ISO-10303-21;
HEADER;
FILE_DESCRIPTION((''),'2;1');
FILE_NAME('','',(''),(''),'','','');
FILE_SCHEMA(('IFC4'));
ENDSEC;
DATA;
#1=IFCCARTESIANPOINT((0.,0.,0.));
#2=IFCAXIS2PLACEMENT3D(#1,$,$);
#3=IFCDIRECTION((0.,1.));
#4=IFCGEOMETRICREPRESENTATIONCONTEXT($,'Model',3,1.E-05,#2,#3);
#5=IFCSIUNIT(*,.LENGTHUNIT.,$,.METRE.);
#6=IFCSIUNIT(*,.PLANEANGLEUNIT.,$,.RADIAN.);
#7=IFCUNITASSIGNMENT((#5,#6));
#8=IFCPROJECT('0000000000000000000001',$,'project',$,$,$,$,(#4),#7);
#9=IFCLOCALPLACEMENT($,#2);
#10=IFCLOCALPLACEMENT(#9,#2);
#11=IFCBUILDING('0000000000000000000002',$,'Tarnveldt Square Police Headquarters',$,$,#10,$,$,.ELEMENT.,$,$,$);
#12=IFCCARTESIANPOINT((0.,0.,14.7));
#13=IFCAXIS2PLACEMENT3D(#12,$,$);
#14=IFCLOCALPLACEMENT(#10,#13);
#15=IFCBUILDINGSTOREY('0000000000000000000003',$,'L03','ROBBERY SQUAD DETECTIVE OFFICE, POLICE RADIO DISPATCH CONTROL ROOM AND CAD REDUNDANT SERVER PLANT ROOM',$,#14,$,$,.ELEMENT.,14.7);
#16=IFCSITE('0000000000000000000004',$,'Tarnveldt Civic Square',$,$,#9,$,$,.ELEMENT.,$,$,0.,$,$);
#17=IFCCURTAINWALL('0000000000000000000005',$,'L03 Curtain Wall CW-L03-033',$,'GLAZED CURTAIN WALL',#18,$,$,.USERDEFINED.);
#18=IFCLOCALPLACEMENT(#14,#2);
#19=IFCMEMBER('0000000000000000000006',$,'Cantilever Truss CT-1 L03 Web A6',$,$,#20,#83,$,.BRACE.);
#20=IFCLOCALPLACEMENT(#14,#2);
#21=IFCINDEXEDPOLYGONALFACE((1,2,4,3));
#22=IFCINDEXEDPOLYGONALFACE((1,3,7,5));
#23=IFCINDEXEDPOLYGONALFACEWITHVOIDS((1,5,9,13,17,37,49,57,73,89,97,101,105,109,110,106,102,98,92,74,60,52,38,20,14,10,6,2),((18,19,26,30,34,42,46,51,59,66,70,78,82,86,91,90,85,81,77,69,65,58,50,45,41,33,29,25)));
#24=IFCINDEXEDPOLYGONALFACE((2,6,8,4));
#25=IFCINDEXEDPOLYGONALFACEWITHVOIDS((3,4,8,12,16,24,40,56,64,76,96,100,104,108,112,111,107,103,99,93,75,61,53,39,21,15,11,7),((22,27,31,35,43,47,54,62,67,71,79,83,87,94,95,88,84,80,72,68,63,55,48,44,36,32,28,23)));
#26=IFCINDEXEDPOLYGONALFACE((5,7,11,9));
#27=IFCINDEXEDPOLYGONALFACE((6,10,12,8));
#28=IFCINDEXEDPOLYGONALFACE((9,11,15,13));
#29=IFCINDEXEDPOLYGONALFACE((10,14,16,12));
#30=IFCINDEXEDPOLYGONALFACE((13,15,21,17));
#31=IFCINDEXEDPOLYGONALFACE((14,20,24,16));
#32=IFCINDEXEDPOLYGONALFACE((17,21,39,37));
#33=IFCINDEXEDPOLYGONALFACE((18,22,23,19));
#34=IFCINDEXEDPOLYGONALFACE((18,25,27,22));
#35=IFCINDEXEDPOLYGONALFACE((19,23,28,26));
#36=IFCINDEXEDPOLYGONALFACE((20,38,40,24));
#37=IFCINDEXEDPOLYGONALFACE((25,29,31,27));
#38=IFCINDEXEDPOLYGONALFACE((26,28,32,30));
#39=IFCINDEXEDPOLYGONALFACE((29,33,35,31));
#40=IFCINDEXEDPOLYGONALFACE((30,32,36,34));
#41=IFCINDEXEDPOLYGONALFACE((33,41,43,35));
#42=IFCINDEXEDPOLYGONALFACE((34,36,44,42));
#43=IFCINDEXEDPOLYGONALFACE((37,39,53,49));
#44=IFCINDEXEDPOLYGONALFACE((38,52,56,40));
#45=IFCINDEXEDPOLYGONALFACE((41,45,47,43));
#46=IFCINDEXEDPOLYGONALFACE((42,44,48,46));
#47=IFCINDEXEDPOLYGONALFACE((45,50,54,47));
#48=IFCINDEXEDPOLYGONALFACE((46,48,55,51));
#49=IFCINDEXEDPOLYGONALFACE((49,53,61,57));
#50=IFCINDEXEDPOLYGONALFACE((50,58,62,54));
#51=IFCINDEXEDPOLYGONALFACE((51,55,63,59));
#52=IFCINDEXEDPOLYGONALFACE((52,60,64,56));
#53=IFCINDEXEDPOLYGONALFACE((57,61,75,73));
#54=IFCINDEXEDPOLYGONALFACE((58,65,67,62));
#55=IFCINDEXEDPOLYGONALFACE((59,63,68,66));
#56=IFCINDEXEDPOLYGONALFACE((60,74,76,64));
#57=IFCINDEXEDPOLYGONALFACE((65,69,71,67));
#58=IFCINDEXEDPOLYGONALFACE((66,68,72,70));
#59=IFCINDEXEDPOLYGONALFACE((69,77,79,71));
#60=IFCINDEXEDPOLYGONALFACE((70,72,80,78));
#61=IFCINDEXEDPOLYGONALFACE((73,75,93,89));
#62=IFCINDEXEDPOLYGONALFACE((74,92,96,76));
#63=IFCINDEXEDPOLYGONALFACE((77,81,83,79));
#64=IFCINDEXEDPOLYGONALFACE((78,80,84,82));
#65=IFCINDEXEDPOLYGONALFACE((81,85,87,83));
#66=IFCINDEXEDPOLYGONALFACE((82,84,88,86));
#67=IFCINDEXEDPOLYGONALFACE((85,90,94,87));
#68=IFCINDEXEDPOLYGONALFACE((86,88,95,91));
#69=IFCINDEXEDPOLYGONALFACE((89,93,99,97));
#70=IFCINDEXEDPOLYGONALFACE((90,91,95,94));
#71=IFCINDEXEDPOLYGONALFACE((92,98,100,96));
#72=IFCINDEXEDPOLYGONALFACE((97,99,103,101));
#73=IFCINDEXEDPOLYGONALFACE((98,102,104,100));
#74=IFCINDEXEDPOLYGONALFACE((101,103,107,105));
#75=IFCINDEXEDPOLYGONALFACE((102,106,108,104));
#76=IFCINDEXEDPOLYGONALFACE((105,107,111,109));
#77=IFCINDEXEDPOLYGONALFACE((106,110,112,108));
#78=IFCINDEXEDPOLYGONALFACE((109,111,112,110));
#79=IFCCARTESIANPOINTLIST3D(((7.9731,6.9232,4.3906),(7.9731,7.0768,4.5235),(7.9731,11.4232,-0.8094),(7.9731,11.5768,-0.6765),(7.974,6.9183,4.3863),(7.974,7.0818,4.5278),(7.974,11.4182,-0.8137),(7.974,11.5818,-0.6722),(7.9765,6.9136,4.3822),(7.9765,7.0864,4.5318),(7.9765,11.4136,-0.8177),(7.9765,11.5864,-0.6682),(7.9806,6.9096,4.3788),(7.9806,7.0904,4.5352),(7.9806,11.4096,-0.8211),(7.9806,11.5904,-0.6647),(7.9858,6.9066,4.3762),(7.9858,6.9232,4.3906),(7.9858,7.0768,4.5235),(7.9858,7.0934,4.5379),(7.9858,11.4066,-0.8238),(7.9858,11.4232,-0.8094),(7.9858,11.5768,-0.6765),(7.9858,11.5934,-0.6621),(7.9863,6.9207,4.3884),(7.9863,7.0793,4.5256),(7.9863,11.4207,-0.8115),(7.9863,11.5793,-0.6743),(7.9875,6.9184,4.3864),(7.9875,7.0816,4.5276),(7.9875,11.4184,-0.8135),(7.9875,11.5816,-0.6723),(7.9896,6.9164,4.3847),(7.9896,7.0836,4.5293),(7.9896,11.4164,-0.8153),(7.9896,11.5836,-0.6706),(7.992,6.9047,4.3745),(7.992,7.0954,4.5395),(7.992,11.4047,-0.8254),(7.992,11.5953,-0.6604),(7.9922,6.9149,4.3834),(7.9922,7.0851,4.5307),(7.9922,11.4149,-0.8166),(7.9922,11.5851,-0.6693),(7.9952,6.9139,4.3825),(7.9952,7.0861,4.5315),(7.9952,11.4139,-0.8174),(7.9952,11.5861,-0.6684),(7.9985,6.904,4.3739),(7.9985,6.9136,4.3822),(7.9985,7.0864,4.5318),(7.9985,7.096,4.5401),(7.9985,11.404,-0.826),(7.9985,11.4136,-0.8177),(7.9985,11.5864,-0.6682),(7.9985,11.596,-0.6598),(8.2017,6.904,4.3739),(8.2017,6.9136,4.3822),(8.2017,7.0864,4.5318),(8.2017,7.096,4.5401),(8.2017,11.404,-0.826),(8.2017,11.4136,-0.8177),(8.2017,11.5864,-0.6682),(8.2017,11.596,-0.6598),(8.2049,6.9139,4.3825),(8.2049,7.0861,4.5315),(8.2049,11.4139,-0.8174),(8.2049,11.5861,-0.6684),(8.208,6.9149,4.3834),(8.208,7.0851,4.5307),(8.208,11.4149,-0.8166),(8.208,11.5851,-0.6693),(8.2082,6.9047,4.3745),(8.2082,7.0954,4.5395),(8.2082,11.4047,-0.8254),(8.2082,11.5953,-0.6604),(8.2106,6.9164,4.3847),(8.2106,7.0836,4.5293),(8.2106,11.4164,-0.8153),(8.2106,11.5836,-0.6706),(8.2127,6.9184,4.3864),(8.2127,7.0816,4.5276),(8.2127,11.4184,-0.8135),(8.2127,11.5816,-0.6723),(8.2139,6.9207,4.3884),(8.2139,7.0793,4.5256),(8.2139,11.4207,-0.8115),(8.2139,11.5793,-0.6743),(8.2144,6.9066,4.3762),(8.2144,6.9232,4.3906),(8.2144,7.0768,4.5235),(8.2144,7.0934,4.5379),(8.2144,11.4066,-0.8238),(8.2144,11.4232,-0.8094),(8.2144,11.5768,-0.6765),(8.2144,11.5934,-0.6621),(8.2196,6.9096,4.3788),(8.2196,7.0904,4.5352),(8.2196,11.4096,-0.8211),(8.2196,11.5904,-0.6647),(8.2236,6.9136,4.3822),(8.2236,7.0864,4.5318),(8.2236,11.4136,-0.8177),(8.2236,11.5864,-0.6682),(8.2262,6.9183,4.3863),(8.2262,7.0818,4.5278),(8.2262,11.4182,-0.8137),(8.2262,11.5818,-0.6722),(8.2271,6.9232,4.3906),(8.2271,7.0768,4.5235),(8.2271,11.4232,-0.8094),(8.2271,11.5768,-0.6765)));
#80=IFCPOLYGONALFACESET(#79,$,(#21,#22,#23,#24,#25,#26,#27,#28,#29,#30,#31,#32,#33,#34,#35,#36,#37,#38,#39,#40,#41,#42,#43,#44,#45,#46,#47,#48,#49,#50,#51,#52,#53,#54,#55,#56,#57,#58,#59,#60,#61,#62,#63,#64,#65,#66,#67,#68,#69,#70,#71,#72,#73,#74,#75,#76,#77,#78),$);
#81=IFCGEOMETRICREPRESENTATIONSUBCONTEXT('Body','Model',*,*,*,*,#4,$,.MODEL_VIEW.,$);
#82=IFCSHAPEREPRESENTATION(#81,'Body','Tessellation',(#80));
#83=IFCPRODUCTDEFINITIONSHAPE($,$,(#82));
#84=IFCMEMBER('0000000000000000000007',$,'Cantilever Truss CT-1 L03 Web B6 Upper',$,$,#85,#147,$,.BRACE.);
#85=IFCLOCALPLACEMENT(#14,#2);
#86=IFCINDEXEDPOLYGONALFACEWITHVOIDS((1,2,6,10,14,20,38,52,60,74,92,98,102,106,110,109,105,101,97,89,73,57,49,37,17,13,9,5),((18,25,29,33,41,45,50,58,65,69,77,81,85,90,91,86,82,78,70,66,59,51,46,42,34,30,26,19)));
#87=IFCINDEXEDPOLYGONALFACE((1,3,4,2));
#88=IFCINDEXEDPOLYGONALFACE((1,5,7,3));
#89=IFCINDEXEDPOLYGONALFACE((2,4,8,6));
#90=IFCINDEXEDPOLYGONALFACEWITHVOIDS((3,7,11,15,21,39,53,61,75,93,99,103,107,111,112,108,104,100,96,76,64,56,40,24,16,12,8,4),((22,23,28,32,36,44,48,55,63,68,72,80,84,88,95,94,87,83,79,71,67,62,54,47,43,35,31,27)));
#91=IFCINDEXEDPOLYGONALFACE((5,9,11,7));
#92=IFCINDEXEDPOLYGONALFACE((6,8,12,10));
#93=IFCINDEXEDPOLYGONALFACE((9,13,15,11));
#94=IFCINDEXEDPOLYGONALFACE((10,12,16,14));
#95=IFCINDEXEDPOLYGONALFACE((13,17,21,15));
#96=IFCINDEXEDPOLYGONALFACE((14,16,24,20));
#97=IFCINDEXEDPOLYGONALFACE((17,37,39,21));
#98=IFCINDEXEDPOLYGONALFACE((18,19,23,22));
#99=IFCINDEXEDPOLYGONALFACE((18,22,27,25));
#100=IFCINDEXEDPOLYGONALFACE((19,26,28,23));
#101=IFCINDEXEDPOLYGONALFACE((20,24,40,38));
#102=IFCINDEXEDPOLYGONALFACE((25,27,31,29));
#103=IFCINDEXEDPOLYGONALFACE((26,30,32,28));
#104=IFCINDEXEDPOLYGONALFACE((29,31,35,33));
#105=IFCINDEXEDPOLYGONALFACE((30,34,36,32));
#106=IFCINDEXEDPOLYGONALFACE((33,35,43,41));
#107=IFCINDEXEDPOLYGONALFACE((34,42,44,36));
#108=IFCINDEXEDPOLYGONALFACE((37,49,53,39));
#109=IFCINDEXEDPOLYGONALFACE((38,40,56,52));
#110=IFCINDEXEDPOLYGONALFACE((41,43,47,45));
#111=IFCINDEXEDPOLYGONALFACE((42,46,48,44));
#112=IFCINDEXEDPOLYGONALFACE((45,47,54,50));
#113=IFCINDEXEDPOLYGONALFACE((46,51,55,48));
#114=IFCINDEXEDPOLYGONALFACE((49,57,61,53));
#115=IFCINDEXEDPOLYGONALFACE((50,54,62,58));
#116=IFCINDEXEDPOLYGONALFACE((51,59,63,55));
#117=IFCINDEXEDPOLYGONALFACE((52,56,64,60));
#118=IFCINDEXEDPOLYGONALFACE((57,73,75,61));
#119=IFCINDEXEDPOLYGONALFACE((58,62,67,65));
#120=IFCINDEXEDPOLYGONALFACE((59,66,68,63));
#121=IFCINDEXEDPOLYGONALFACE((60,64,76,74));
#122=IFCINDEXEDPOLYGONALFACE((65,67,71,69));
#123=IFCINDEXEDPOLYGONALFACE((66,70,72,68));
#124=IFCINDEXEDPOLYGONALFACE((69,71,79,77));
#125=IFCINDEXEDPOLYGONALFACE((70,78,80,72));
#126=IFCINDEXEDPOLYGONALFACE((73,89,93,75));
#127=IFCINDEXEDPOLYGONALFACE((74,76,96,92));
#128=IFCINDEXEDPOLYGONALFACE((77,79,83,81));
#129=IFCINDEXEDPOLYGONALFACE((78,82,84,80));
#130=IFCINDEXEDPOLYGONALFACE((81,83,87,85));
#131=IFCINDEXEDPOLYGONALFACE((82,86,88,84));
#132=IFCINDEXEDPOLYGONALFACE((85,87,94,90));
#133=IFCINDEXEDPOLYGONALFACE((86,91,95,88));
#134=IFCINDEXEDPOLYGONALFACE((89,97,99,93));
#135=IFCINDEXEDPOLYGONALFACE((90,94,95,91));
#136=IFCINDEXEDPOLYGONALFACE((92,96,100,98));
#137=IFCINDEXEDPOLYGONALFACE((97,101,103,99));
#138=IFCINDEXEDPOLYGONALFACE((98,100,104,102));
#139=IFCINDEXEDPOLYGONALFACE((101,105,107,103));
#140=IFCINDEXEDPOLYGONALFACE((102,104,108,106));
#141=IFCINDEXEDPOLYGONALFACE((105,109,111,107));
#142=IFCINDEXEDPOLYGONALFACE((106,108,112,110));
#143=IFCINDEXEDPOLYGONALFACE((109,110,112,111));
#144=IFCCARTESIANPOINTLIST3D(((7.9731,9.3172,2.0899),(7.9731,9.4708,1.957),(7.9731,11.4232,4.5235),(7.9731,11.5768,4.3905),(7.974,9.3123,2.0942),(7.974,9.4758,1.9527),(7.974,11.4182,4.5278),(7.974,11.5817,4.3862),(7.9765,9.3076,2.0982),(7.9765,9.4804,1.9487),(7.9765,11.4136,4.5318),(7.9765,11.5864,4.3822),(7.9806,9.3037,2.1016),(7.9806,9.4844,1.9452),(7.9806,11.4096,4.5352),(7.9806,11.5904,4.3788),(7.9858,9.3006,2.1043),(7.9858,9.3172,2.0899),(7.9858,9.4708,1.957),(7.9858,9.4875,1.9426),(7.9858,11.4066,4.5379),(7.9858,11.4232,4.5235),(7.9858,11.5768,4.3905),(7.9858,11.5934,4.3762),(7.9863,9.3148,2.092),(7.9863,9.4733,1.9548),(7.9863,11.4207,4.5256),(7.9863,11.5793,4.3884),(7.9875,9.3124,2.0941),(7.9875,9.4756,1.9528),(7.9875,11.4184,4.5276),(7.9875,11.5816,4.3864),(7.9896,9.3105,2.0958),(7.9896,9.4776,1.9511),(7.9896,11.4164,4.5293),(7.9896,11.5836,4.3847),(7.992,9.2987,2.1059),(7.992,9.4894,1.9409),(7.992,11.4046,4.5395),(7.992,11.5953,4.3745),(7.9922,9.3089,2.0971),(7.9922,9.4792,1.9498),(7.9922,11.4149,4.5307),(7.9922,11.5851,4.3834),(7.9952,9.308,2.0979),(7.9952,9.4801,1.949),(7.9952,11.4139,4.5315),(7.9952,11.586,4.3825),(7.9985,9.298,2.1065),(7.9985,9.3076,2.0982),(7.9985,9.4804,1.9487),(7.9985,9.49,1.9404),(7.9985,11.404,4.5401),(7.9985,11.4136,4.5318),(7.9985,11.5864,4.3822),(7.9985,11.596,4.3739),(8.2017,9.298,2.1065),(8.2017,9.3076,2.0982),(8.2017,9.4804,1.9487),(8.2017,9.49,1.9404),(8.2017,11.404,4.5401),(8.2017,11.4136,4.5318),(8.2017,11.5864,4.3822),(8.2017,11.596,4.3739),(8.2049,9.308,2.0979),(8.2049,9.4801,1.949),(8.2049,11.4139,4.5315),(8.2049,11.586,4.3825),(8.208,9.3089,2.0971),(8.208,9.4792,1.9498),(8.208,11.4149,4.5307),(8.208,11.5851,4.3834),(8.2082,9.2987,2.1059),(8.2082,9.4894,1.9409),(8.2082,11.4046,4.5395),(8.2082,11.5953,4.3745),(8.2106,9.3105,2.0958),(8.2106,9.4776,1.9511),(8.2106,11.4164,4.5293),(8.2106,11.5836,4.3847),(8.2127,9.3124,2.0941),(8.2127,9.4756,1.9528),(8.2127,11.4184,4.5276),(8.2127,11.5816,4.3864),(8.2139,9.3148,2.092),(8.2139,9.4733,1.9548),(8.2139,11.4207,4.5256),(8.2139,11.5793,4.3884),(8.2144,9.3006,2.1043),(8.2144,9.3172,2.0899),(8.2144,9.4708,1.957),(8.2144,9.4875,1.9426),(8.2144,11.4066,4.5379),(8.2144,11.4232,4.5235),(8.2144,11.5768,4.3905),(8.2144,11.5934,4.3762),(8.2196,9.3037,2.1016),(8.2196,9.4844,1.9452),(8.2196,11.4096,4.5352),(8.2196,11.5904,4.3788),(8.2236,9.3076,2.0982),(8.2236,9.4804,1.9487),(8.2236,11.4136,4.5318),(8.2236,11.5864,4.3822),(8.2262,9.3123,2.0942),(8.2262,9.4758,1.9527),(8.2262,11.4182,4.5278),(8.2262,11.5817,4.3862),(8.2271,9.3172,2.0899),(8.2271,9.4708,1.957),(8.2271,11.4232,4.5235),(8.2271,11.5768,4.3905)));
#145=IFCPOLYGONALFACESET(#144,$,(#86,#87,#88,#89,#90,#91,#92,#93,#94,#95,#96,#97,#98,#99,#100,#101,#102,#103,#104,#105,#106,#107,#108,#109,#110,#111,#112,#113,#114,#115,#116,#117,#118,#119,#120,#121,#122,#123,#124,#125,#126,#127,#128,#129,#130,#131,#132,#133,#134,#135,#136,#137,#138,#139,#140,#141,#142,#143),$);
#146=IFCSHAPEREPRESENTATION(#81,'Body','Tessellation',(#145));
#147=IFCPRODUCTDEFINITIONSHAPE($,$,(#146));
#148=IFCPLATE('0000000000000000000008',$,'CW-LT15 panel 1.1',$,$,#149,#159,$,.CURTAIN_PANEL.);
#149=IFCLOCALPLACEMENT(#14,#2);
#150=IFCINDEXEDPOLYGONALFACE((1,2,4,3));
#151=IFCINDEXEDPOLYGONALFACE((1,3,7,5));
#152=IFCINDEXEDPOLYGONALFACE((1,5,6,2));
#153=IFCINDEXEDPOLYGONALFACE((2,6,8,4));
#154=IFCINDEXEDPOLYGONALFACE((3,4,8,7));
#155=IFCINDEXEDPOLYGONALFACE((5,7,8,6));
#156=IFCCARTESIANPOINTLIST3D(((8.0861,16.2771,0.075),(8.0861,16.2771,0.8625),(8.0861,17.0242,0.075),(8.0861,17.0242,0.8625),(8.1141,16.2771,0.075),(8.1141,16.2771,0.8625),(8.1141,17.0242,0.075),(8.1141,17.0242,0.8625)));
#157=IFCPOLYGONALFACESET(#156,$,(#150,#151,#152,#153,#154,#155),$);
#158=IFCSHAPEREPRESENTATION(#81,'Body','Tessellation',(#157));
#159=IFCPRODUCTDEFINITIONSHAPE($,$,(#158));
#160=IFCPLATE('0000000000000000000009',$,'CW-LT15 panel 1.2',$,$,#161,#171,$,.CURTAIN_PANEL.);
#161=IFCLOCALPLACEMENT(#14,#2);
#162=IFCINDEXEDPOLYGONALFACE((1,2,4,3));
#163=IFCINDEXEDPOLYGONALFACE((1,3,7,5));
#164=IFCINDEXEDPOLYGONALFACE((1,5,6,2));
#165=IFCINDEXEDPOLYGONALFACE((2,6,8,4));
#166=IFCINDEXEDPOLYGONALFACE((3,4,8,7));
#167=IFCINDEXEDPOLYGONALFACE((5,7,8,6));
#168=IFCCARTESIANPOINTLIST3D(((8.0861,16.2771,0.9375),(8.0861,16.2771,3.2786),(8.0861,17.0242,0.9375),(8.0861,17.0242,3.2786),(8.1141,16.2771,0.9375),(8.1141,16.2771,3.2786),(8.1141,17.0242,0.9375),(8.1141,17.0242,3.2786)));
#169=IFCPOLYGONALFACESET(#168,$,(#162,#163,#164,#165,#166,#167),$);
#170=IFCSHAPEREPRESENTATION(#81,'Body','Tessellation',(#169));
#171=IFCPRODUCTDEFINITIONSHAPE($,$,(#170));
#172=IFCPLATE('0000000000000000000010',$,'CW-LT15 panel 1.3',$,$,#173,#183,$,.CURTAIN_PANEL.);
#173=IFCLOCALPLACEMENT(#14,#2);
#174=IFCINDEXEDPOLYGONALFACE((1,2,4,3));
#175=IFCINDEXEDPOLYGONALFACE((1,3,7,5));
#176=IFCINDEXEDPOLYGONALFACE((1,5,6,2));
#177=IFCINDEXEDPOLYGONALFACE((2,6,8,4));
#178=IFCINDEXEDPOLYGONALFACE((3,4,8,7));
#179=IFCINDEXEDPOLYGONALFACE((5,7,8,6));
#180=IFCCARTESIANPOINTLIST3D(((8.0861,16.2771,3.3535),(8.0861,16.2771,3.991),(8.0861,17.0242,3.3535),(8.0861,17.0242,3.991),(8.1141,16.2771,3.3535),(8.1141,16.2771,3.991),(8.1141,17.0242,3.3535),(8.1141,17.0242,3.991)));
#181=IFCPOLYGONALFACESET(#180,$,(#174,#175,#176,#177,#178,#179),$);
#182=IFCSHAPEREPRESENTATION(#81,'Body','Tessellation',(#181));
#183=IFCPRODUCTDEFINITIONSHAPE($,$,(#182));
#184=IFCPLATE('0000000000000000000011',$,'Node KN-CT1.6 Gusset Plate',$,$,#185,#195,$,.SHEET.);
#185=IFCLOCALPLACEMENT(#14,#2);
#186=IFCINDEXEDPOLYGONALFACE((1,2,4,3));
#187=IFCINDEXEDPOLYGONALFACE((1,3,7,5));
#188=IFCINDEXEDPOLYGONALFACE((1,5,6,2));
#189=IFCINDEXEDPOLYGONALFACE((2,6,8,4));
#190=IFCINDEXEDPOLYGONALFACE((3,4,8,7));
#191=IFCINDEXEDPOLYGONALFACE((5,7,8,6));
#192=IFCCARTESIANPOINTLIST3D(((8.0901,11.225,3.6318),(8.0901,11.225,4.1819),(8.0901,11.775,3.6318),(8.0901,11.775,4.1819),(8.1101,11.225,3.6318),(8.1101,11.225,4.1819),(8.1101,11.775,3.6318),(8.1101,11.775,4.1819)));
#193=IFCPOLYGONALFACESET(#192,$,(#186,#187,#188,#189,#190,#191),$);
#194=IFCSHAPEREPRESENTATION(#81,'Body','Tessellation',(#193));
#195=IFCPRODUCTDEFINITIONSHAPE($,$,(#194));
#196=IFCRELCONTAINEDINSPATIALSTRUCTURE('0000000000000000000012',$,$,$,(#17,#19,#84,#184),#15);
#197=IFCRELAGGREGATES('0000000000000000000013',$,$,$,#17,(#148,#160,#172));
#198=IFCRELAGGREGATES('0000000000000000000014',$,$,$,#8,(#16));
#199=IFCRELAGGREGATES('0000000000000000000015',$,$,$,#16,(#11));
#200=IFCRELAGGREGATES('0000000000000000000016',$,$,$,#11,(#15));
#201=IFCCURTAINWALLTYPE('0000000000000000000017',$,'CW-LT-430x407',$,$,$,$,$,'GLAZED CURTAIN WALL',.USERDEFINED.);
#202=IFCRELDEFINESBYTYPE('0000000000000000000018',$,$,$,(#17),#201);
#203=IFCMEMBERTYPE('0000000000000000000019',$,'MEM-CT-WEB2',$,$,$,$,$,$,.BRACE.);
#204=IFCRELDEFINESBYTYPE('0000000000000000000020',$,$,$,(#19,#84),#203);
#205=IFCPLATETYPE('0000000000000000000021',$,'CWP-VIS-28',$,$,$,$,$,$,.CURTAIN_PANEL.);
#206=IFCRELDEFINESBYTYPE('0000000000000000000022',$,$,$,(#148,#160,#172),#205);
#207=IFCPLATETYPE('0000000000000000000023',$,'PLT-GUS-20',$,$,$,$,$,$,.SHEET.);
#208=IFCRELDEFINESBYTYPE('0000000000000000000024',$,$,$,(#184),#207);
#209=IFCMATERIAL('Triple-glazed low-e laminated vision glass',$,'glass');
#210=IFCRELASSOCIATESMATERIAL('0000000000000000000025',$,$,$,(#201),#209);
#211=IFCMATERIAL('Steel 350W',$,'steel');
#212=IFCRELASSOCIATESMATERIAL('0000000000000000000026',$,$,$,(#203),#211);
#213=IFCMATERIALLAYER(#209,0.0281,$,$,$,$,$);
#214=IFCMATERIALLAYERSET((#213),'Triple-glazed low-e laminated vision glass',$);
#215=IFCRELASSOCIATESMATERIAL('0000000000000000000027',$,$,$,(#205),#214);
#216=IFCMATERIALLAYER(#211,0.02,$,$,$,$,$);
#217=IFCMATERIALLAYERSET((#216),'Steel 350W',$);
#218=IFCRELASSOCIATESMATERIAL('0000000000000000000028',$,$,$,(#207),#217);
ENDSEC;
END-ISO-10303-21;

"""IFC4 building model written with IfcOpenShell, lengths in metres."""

from ifc_helpers import new_model, si_unit, direction, frame, origin, origin_2d, place, context, subcontext, project, spatial, rectangle, hollow_rectangle, extrude, material, layer, layer_set, material_profile, profile_set, type_object, element, aggregate, save


model = new_model("IFC4")

# Units and contexts
model_context = context("Model", 3, precision=1e-05, world=origin(), true_north=direction((0.0, 1.0)))
body_context = subcontext(model_context, "Body", "Model", "MODEL_VIEW")
ifc_project = project(units=[si_unit("LENGTHUNIT", "METRE"), si_unit("PLANEANGLEUNIT", "RADIAN")], contexts=[model_context])

# Site, building, storey
site_placement = place(None, origin())
site = spatial("IfcSite", under=ifc_project, at=site_placement, Name="Tarnveldt Civic Square", CompositionType="ELEMENT", RefElevation=0.0)
building_placement = place(site_placement, origin())
building = spatial("IfcBuilding", under=site, at=building_placement, Name="Tarnveldt Square Police Headquarters", CompositionType="ELEMENT")
storey_placement = place(building_placement, frame((0.0, 0.0, 14.7)))
storey = spatial("IfcBuildingStorey", under=building, at=storey_placement, Name="L03", Description="ROBBERY SQUAD DETECTIVE OFFICE, POLICE RADIO DISPATCH CONTROL ROOM AND CAD REDUNDANT SERVER PLANT ROOM", CompositionType="ELEMENT", Elevation=14.7)

# Shared definitions
ifc_material_1 = material(Name="Steel 350W", Category="steel")

# Curtain wall
ifc_material_2 = material(Name="Triple-glazed low-e laminated vision glass", Category="glass")
curtain_wall_type = type_object("IfcCurtainWallType", Name="CW-LT-430x407", ElementType="GLAZED CURTAIN WALL", PredefinedType="USERDEFINED", material=ifc_material_2)
curtain_wall_placement = place(storey_placement, origin())
curtain_wall = element("IfcCurtainWall", 1, at=curtain_wall_placement, inside=storey, type_object=curtain_wall_type, Name="L03 Curtain Wall CW-L03-033", ObjectType="GLAZED CURTAIN WALL", PredefinedType="USERDEFINED")

# Members
ifc_material_profile_1 = material_profile(ifc_material_1, hollow_rectangle(XDim=0.2539, YDim=0.2539, WallThickness=0.0127, InnerFilletRadius=0.0127, OuterFilletRadius=0.0254, at=origin_2d()), Name="HSS254x254x13")
ifc_profile_set_1 = profile_set([ifc_material_profile_1], Name="Steel 350W")
member_type_1 = type_object("IfcMemberType", Name="MEM-CT-WEB2", PredefinedType="BRACE", material=ifc_profile_set_1)
member_1_placement = place(storey_placement, frame((8.1001, 11.5, -0.7429), z_axis=(0.0, -0.65438, 0.756166), x_axis=(1.0, 0.0, 0.0)))
element("IfcMember", 2, at=member_1_placement, inside=storey, type_object=member_type_1, Name="Cantilever Truss CT-1 L03 Web A6", PredefinedType="BRACE", context=body_context, shape_type="SweptSolid", body=[
    extrude(hollow_rectangle(XDim=0.2539, YDim=0.2539, WallThickness=0.0127, InnerFilletRadius=0.0127, OuterFilletRadius=0.0254, at=origin_2d()), origin(), (0.0, 0.0, 1.0), 6.8767),
])
member_2_placement = place(storey_placement, frame((8.1001, 9.394, 2.0234), z_axis=(0.0, 0.65437, 0.756174), x_axis=(-1.0, 0.0, 0.0)))
element("IfcMember", 3, at=member_2_placement, inside=storey, type_object=member_type_1, Name="Cantilever Truss CT-1 L03 Web B6 Upper", PredefinedType="BRACE", context=body_context, shape_type="SweptSolid", body=[
    extrude(hollow_rectangle(XDim=0.2539, YDim=0.2539, WallThickness=0.0127, InnerFilletRadius=0.0127, OuterFilletRadius=0.0254, at=origin_2d()), origin(), (0.0, 0.0, 1.0), 3.2183),
])

# Plates
ifc_layer_1 = layer(ifc_material_2, 0.0281)
ifc_layer_set_1 = layer_set([ifc_layer_1], Name="Triple-glazed low-e laminated vision glass")
plate_type_1 = type_object("IfcPlateType", Name="CWP-VIS-28", PredefinedType="CURTAIN_PANEL", material=ifc_layer_set_1)
plate_1_placement = place(storey_placement, frame((8.1001, 16.6506, 0.075), z_axis=(0.0, 0.0, 1.0), x_axis=(0.0, 1.0, 0.0)))
plate_1 = element("IfcPlate", 4, at=plate_1_placement, type_object=plate_type_1, Name="CW-LT15 panel 1.1", PredefinedType="CURTAIN_PANEL", context=body_context, shape_type="SweptSolid", body=[
    extrude(rectangle(XDim=0.7471, YDim=0.0281, at=origin_2d()), origin(), (0.0, 0.0, 1.0), 0.7876),
])
plate_2_placement = place(storey_placement, frame((8.1001, 16.6506, 0.9375), z_axis=(0.0, 0.0, 1.0), x_axis=(0.0, 1.0, 0.0)))
plate_2 = element("IfcPlate", 5, at=plate_2_placement, type_object=plate_type_1, Name="CW-LT15 panel 1.2", PredefinedType="CURTAIN_PANEL", context=body_context, shape_type="SweptSolid", body=[
    extrude(rectangle(XDim=0.7471, YDim=0.0281, at=origin_2d()), origin(), (0.0, 0.0, 1.0), 2.3411),
])
plate_3_placement = place(storey_placement, frame((8.1001, 16.6506, 3.3535), z_axis=(0.0, 0.0, 1.0), x_axis=(0.0, 1.0, 0.0)))
plate_3 = element("IfcPlate", 6, at=plate_3_placement, type_object=plate_type_1, Name="CW-LT15 panel 1.3", PredefinedType="CURTAIN_PANEL", context=body_context, shape_type="SweptSolid", body=[
    extrude(rectangle(XDim=0.7471, YDim=0.0281, at=origin_2d()), origin(), (0.0, 0.0, 1.0), 0.6375),
])
aggregate(curtain_wall, [plate_1, plate_2, plate_3])

# Plate
ifc_layer_2 = layer(ifc_material_1, 0.02)
ifc_layer_set_2 = layer_set([ifc_layer_2], Name="Steel 350W")
plate_type_2 = type_object("IfcPlateType", Name="PLT-GUS-20", PredefinedType="SHEET", material=ifc_layer_set_2)
plate_4_placement = place(storey_placement, frame((8.1001, 11.5, 3.6318), z_axis=(0.0, 0.0, 1.0), x_axis=(1.0, 0.0, 0.0)))
element("IfcPlate", 7, at=plate_4_placement, inside=storey, type_object=plate_type_2, Name="Node KN-CT1.6 Gusset Plate", PredefinedType="SHEET", context=body_context, shape_type="SweptSolid", body=[
    extrude(rectangle(XDim=0.02, YDim=0.55, at=origin_2d()), origin(), (0.0, 0.0, 1.0), 0.55),
])

save(model, "model.ifc")
